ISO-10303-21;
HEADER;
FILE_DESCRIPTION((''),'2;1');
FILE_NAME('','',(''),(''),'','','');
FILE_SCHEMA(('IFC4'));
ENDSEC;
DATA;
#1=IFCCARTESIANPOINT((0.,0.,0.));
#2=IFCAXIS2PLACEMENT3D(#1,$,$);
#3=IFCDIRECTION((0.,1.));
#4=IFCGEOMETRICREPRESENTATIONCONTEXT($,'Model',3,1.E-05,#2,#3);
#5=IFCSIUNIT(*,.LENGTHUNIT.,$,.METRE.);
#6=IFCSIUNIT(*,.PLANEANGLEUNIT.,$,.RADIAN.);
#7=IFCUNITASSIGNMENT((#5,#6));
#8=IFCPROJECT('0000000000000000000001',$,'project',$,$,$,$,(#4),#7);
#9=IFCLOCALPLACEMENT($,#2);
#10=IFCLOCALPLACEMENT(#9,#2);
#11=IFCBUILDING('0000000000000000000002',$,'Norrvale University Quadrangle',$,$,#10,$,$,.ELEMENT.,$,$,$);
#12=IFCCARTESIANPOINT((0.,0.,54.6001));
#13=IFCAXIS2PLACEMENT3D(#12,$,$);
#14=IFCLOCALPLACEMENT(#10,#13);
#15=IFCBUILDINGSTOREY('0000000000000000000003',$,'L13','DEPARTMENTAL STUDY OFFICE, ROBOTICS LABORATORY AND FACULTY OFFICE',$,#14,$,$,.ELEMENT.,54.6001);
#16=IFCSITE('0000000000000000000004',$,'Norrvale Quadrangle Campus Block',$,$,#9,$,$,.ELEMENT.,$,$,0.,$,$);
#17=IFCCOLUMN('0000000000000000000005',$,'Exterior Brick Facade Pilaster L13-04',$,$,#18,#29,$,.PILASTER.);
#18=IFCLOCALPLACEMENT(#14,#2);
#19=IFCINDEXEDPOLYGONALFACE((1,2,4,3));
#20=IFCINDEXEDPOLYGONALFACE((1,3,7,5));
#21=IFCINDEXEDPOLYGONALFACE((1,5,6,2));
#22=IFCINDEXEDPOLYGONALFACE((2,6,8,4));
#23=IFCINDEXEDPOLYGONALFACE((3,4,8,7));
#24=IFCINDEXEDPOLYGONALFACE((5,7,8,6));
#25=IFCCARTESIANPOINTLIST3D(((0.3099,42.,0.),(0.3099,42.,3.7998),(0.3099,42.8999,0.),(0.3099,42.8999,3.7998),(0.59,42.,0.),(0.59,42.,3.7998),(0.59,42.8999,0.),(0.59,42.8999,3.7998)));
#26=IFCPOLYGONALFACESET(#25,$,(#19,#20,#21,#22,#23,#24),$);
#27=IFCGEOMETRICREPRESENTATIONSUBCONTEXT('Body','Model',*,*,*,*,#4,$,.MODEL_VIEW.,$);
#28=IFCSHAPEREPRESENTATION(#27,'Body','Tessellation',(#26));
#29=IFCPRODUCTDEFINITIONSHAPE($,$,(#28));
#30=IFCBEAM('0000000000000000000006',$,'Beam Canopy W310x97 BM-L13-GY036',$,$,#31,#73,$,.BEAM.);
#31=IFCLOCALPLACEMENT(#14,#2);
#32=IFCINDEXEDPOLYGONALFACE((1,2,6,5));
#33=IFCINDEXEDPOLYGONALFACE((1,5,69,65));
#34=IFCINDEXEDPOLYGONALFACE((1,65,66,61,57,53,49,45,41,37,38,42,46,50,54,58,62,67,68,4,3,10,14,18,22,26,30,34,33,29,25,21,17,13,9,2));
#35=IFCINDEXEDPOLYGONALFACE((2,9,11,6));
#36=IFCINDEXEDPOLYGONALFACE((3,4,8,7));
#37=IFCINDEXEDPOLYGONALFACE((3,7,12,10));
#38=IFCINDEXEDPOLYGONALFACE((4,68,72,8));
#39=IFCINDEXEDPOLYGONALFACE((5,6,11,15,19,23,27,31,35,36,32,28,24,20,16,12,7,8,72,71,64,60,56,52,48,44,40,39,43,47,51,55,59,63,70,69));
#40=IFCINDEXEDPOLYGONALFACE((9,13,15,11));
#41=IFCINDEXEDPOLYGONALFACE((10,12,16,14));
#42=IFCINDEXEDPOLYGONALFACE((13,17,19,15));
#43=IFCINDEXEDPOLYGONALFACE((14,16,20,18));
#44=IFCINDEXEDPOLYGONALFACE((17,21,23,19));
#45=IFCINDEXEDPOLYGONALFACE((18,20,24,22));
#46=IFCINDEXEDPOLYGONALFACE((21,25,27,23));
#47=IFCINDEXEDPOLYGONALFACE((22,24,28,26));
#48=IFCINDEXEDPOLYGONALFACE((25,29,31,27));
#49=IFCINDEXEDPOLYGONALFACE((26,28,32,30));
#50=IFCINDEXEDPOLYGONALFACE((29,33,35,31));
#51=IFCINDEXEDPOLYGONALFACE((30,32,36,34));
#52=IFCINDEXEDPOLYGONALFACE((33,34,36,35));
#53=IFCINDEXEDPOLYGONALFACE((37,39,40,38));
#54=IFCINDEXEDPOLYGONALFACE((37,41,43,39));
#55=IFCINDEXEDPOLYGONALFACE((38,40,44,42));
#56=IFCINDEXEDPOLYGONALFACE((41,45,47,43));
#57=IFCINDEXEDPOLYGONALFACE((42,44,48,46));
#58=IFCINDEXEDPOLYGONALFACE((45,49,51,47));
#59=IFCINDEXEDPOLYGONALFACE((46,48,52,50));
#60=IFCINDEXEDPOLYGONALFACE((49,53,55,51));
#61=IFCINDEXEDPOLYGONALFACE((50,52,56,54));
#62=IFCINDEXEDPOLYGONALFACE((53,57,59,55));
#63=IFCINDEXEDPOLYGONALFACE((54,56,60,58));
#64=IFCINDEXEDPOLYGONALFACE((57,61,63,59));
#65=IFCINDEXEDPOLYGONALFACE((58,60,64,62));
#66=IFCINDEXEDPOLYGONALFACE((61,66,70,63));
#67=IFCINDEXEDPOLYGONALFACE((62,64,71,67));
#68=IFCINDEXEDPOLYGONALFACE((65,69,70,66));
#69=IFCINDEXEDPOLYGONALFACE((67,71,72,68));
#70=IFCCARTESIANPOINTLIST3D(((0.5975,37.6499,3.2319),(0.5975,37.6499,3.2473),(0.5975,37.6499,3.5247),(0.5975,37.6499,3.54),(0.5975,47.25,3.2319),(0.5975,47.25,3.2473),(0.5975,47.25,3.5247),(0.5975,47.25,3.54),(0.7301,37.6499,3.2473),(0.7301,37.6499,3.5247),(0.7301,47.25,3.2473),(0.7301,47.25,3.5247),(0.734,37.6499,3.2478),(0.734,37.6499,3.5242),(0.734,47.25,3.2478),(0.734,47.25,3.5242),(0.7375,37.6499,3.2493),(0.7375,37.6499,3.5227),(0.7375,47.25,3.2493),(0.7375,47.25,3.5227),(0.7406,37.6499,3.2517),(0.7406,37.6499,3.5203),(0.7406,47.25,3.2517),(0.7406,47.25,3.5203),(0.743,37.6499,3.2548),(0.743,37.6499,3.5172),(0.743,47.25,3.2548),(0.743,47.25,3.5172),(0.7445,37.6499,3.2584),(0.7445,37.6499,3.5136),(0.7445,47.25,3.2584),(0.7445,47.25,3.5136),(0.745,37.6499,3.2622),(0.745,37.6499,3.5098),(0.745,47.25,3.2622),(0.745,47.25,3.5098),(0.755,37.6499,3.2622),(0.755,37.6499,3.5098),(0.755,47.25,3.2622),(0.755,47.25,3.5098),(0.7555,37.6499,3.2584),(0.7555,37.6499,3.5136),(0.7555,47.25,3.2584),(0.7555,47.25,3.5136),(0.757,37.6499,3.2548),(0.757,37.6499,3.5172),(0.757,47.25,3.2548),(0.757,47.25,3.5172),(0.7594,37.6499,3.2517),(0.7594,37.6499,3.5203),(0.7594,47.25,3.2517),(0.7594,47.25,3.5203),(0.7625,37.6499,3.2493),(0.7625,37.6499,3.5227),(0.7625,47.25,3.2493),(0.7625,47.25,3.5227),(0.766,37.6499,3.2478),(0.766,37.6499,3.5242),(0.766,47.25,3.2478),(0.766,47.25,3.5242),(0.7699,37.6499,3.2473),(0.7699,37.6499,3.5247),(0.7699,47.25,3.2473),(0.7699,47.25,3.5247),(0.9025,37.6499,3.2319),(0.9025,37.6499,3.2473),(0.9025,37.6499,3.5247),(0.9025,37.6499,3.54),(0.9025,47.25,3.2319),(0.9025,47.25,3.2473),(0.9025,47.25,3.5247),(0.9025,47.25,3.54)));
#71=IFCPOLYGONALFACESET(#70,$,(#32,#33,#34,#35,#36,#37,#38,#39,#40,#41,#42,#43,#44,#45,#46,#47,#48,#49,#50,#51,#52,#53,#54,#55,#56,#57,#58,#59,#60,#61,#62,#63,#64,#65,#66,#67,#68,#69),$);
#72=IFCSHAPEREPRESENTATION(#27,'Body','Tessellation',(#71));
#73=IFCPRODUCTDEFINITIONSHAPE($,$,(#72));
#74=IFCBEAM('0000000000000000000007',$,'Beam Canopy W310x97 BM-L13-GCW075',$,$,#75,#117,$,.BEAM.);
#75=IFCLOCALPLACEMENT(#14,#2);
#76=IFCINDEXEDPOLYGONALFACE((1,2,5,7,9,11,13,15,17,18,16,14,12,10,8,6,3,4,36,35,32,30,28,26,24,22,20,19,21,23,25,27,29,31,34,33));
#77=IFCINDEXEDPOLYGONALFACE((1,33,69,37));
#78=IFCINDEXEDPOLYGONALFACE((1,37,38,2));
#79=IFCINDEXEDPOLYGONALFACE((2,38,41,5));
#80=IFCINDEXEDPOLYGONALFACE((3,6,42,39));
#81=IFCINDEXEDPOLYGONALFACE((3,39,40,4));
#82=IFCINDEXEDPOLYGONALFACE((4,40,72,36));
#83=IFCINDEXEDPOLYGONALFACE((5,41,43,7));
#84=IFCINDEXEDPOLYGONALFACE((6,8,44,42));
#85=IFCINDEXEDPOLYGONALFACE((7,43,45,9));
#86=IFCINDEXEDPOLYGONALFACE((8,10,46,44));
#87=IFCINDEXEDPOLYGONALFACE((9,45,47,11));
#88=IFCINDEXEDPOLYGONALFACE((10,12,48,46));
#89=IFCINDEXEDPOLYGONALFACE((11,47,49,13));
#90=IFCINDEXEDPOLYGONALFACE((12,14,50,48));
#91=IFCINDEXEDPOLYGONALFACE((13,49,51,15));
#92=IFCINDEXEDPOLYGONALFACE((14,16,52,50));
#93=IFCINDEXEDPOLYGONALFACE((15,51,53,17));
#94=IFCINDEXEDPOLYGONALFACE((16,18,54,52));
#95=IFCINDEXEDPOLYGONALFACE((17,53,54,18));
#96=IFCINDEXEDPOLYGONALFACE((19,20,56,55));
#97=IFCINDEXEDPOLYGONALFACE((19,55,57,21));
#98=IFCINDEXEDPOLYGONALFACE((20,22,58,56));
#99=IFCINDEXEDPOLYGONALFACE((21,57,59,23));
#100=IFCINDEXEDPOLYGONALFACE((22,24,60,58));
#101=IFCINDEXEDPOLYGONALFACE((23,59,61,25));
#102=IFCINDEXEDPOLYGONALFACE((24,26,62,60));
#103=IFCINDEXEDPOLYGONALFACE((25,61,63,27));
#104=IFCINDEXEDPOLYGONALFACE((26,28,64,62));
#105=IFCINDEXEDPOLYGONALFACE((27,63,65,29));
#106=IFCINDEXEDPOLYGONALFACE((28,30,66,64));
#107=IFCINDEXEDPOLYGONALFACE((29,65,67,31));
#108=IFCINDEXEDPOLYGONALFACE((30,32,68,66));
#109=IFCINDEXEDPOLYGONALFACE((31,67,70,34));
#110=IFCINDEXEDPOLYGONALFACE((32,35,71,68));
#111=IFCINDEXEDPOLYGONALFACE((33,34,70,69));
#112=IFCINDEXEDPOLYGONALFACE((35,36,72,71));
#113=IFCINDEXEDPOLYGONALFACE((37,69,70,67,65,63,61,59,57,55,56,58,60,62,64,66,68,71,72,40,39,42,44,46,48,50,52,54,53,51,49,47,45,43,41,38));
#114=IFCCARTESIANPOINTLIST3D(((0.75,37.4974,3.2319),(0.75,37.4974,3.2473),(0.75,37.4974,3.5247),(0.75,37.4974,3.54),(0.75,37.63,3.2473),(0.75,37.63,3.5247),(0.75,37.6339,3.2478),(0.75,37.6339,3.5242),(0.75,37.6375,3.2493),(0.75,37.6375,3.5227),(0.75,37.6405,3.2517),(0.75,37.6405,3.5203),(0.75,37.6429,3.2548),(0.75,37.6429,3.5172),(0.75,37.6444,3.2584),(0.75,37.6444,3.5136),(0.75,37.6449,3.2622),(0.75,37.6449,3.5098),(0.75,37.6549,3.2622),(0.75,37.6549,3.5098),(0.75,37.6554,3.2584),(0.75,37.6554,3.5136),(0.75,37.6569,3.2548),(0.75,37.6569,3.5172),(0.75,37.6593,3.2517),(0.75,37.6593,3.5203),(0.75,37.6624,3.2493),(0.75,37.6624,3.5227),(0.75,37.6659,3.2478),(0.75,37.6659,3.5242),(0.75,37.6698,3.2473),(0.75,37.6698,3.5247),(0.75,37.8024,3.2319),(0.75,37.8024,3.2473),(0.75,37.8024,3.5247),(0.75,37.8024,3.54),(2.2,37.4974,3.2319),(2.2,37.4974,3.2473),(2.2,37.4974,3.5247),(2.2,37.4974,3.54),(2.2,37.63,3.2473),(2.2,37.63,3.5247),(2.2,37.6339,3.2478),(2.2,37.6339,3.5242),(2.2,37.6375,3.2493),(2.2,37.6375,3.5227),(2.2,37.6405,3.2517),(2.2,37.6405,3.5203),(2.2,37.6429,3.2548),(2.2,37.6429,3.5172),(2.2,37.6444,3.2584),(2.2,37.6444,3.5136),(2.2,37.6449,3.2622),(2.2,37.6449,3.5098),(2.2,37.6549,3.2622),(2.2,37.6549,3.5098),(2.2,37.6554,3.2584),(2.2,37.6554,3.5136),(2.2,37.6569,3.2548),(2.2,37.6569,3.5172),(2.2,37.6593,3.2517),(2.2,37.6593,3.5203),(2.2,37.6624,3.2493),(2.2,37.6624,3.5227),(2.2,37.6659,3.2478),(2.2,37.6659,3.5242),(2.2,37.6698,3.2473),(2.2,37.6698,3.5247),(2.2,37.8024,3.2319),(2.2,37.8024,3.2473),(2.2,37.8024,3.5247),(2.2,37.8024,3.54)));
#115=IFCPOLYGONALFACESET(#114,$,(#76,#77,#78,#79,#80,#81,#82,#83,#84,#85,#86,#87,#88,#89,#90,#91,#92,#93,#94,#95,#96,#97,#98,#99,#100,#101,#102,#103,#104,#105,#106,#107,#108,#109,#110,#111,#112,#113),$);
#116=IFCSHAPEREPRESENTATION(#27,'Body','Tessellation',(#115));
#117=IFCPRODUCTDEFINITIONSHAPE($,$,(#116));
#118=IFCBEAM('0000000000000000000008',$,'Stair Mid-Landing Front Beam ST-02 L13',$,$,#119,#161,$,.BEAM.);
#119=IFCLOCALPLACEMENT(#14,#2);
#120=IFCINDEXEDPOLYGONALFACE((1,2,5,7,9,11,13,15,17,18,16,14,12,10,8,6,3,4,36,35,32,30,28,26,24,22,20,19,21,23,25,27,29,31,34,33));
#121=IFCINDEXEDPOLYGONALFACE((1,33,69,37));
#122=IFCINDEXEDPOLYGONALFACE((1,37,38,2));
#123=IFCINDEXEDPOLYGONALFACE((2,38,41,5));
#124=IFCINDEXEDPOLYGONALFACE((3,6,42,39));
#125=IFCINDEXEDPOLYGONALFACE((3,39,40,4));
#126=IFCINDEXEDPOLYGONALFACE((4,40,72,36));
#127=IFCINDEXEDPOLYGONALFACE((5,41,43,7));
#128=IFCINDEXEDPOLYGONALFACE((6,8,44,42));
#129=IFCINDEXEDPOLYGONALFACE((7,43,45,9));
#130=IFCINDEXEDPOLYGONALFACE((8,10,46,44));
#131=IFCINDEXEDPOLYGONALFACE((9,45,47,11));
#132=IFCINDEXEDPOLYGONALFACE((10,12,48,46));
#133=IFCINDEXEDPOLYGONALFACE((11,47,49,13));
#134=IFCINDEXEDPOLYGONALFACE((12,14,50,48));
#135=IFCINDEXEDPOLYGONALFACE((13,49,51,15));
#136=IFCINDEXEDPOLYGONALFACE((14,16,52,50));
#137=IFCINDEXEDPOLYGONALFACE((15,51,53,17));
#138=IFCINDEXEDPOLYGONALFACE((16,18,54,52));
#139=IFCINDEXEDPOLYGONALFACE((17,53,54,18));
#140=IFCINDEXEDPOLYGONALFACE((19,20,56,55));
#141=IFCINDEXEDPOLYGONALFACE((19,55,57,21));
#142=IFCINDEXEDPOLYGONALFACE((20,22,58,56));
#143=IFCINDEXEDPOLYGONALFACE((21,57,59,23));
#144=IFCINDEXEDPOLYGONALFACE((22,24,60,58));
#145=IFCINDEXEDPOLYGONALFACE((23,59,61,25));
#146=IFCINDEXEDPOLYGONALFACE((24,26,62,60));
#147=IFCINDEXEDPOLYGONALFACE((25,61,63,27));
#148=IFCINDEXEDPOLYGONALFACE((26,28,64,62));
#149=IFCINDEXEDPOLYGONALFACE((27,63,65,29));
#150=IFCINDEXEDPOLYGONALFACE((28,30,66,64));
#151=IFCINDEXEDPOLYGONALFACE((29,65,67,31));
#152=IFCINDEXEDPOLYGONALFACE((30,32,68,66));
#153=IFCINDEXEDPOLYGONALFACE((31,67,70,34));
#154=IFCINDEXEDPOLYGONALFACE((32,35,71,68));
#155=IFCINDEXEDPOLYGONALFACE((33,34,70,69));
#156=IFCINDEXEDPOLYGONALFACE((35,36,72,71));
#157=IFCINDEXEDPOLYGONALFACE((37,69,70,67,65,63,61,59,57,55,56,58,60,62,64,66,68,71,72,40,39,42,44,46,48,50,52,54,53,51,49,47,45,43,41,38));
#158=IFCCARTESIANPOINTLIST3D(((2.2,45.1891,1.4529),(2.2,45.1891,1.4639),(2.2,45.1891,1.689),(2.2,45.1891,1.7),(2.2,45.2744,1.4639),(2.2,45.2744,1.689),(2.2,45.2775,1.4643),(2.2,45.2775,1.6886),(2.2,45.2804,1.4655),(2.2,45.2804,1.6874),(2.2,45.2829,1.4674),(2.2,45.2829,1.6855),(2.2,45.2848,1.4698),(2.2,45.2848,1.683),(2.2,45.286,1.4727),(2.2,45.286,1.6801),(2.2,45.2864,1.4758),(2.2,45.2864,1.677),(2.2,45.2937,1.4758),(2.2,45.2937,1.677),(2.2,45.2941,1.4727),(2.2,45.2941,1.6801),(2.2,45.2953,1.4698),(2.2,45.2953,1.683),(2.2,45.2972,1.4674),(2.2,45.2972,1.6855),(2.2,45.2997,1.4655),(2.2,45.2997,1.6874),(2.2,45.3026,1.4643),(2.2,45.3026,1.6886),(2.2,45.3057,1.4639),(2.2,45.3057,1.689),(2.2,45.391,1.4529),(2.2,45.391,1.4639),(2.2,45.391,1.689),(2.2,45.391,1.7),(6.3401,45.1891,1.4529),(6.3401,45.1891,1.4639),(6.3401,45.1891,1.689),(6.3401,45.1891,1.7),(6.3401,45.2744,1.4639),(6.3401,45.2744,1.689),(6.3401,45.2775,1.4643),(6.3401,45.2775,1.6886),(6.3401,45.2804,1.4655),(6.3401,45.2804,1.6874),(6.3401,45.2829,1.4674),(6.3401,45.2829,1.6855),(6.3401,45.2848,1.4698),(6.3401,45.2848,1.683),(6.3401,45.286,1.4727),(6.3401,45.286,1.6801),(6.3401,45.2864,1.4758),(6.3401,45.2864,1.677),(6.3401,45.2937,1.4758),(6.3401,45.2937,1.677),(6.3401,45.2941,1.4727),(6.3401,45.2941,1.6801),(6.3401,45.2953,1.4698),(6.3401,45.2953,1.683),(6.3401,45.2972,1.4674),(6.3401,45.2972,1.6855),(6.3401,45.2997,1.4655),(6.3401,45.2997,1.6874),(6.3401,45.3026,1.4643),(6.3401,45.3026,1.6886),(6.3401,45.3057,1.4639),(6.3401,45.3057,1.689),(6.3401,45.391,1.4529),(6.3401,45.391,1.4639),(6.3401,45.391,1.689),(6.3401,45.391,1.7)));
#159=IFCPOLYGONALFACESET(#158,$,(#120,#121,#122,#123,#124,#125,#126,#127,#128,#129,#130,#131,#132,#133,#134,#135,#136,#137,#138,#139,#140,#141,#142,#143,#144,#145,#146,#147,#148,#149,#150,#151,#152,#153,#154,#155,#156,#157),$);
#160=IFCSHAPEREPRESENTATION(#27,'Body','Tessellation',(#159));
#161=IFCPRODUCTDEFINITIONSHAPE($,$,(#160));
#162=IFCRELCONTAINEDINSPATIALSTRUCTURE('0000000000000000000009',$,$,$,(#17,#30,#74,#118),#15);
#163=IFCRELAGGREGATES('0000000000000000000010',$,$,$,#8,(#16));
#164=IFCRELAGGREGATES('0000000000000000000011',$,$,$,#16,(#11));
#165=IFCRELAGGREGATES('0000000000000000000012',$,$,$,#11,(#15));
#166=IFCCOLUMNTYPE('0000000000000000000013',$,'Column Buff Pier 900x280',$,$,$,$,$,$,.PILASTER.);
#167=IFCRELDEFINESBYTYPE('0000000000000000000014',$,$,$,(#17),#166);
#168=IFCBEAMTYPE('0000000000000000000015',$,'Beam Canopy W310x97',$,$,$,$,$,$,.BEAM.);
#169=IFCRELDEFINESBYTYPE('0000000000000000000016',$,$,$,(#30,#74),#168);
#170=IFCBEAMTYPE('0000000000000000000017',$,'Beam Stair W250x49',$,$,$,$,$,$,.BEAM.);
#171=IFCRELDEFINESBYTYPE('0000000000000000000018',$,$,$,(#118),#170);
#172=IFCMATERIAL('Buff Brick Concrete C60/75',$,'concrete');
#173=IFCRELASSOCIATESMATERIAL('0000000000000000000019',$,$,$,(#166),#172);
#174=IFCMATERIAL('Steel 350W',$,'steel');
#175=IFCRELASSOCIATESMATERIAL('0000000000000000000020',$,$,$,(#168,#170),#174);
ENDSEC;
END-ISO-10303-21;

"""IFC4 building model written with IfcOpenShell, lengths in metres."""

from ifc_helpers import new_model, si_unit, direction, frame, origin, origin_2d, place, context, subcontext, project, spatial, rectangle, i_section, extrude, material, material_profile, profile_set, type_object, element, save


model = new_model("IFC4")

# Units and contexts
model_context = context("Model", 3, precision=1e-05, world=origin(), true_north=direction((0.0, 1.0)))
body_context = subcontext(model_context, "Body", "Model", "MODEL_VIEW")
ifc_project = project(units=[si_unit("LENGTHUNIT", "METRE"), si_unit("PLANEANGLEUNIT", "RADIAN")], contexts=[model_context])

# Site, building, storey
site_placement = place(None, origin())
site = spatial("IfcSite", under=ifc_project, at=site_placement, Name="Norrvale Quadrangle Campus Block", CompositionType="ELEMENT", RefElevation=0.0)
building_placement = place(site_placement, origin())
building = spatial("IfcBuilding", under=site, at=building_placement, Name="Norrvale University Quadrangle", CompositionType="ELEMENT")
storey_placement = place(building_placement, frame((0.0, 0.0, 54.6001)))
storey = spatial("IfcBuildingStorey", under=building, at=storey_placement, Name="L13", Description="DEPARTMENTAL STUDY OFFICE, ROBOTICS LABORATORY AND FACULTY OFFICE", CompositionType="ELEMENT", Elevation=54.6001)

# Column
ifc_material_1 = material(Name="Buff Brick Concrete C60/75", Category="concrete")
ifc_material_profile_1 = material_profile(ifc_material_1, rectangle(XDim=0.8999, YDim=0.28, at=origin_2d()), Name="Buff Brick Concrete C60/75")
ifc_profile_set_1 = profile_set([ifc_material_profile_1], Name="Buff Brick Concrete C60/75")
column_type = type_object("IfcColumnType", Name="Column Buff Pier 900x280", PredefinedType="PILASTER", material=ifc_profile_set_1)
column_placement = place(storey_placement, frame((0.45, 42.45, 0.0), z_axis=(0.0, 0.0, 1.0), x_axis=(0.0, 1.0, 0.0)))
element("IfcColumn", 1, at=column_placement, inside=storey, type_object=column_type, Name="Exterior Brick Facade Pilaster L13-04", PredefinedType="PILASTER", context=body_context, shape_type="SweptSolid", body=[
    extrude(rectangle(XDim=0.8999, YDim=0.28, at=origin_2d()), origin(), (0.0, 0.0, 1.0), 3.7998),
])

# Beams
ifc_material_2 = material(Name="Steel 350W", Category="steel")
ifc_material_profile_2 = material_profile(ifc_material_2, i_section(OverallWidth=0.3049, OverallDepth=0.3081, WebThickness=0.01, FlangeThickness=0.0154, FilletRadius=0.0149, at=origin_2d()), Name="Steel 350W")
ifc_profile_set_2 = profile_set([ifc_material_profile_2], Name="Steel 350W")
beam_type_1 = type_object("IfcBeamType", Name="Beam Canopy W310x97", PredefinedType="BEAM", material=ifc_profile_set_2)
beam_1_placement = place(storey_placement, frame((0.75, 37.6499, 3.386), z_axis=(0.0, 1.0, 0.0), x_axis=(-1.0, 0.0, 0.0)))
element("IfcBeam", 2, at=beam_1_placement, inside=storey, type_object=beam_type_1, Name="Beam Canopy W310x97 BM-L13-GY036", PredefinedType="BEAM", context=body_context, shape_type="SweptSolid", body=[
    extrude(i_section(OverallWidth=0.3049, OverallDepth=0.3081, WebThickness=0.01, FlangeThickness=0.0154, FilletRadius=0.0149, at=origin_2d()), origin(), (0.0, 0.0, 1.0), 9.6001),
])
beam_2_placement = place(storey_placement, frame((0.75, 37.6499, 3.386), z_axis=(1.0, 0.0, 0.0), x_axis=(0.0, 1.0, 0.0)))
element("IfcBeam", 3, at=beam_2_placement, inside=storey, type_object=beam_type_1, Name="Beam Canopy W310x97 BM-L13-GCW075", PredefinedType="BEAM", context=body_context, shape_type="SweptSolid", body=[
    extrude(i_section(OverallWidth=0.3049, OverallDepth=0.3081, WebThickness=0.01, FlangeThickness=0.0154, FilletRadius=0.0149, at=origin_2d()), origin(), (0.0, 0.0, 1.0), 1.45),
])
ifc_material_profile_3 = material_profile(ifc_material_2, i_section(OverallWidth=0.2019, OverallDepth=0.2471, WebThickness=0.0073, FlangeThickness=0.011, FilletRadius=0.012, at=origin_2d()), Name="Steel 350W")
ifc_profile_set_3 = profile_set([ifc_material_profile_3], Name="Steel 350W")
beam_type_2 = type_object("IfcBeamType", Name="Beam Stair W250x49", PredefinedType="BEAM", material=ifc_profile_set_3)
beam_3_placement = place(storey_placement, frame((2.2, 45.29, 1.5764), z_axis=(1.0, 0.0, 0.0), x_axis=(0.0, 1.0, 0.0)))
element("IfcBeam", 4, at=beam_3_placement, inside=storey, type_object=beam_type_2, Name="Stair Mid-Landing Front Beam ST-02 L13", PredefinedType="BEAM", context=body_context, shape_type="SweptSolid", body=[
    extrude(i_section(OverallWidth=0.2019, OverallDepth=0.2471, WebThickness=0.0073, FlangeThickness=0.011, FilletRadius=0.012, at=origin_2d()), origin(), (0.0, 0.0, 1.0), 4.1401),
])

save(model, "model.ifc")
